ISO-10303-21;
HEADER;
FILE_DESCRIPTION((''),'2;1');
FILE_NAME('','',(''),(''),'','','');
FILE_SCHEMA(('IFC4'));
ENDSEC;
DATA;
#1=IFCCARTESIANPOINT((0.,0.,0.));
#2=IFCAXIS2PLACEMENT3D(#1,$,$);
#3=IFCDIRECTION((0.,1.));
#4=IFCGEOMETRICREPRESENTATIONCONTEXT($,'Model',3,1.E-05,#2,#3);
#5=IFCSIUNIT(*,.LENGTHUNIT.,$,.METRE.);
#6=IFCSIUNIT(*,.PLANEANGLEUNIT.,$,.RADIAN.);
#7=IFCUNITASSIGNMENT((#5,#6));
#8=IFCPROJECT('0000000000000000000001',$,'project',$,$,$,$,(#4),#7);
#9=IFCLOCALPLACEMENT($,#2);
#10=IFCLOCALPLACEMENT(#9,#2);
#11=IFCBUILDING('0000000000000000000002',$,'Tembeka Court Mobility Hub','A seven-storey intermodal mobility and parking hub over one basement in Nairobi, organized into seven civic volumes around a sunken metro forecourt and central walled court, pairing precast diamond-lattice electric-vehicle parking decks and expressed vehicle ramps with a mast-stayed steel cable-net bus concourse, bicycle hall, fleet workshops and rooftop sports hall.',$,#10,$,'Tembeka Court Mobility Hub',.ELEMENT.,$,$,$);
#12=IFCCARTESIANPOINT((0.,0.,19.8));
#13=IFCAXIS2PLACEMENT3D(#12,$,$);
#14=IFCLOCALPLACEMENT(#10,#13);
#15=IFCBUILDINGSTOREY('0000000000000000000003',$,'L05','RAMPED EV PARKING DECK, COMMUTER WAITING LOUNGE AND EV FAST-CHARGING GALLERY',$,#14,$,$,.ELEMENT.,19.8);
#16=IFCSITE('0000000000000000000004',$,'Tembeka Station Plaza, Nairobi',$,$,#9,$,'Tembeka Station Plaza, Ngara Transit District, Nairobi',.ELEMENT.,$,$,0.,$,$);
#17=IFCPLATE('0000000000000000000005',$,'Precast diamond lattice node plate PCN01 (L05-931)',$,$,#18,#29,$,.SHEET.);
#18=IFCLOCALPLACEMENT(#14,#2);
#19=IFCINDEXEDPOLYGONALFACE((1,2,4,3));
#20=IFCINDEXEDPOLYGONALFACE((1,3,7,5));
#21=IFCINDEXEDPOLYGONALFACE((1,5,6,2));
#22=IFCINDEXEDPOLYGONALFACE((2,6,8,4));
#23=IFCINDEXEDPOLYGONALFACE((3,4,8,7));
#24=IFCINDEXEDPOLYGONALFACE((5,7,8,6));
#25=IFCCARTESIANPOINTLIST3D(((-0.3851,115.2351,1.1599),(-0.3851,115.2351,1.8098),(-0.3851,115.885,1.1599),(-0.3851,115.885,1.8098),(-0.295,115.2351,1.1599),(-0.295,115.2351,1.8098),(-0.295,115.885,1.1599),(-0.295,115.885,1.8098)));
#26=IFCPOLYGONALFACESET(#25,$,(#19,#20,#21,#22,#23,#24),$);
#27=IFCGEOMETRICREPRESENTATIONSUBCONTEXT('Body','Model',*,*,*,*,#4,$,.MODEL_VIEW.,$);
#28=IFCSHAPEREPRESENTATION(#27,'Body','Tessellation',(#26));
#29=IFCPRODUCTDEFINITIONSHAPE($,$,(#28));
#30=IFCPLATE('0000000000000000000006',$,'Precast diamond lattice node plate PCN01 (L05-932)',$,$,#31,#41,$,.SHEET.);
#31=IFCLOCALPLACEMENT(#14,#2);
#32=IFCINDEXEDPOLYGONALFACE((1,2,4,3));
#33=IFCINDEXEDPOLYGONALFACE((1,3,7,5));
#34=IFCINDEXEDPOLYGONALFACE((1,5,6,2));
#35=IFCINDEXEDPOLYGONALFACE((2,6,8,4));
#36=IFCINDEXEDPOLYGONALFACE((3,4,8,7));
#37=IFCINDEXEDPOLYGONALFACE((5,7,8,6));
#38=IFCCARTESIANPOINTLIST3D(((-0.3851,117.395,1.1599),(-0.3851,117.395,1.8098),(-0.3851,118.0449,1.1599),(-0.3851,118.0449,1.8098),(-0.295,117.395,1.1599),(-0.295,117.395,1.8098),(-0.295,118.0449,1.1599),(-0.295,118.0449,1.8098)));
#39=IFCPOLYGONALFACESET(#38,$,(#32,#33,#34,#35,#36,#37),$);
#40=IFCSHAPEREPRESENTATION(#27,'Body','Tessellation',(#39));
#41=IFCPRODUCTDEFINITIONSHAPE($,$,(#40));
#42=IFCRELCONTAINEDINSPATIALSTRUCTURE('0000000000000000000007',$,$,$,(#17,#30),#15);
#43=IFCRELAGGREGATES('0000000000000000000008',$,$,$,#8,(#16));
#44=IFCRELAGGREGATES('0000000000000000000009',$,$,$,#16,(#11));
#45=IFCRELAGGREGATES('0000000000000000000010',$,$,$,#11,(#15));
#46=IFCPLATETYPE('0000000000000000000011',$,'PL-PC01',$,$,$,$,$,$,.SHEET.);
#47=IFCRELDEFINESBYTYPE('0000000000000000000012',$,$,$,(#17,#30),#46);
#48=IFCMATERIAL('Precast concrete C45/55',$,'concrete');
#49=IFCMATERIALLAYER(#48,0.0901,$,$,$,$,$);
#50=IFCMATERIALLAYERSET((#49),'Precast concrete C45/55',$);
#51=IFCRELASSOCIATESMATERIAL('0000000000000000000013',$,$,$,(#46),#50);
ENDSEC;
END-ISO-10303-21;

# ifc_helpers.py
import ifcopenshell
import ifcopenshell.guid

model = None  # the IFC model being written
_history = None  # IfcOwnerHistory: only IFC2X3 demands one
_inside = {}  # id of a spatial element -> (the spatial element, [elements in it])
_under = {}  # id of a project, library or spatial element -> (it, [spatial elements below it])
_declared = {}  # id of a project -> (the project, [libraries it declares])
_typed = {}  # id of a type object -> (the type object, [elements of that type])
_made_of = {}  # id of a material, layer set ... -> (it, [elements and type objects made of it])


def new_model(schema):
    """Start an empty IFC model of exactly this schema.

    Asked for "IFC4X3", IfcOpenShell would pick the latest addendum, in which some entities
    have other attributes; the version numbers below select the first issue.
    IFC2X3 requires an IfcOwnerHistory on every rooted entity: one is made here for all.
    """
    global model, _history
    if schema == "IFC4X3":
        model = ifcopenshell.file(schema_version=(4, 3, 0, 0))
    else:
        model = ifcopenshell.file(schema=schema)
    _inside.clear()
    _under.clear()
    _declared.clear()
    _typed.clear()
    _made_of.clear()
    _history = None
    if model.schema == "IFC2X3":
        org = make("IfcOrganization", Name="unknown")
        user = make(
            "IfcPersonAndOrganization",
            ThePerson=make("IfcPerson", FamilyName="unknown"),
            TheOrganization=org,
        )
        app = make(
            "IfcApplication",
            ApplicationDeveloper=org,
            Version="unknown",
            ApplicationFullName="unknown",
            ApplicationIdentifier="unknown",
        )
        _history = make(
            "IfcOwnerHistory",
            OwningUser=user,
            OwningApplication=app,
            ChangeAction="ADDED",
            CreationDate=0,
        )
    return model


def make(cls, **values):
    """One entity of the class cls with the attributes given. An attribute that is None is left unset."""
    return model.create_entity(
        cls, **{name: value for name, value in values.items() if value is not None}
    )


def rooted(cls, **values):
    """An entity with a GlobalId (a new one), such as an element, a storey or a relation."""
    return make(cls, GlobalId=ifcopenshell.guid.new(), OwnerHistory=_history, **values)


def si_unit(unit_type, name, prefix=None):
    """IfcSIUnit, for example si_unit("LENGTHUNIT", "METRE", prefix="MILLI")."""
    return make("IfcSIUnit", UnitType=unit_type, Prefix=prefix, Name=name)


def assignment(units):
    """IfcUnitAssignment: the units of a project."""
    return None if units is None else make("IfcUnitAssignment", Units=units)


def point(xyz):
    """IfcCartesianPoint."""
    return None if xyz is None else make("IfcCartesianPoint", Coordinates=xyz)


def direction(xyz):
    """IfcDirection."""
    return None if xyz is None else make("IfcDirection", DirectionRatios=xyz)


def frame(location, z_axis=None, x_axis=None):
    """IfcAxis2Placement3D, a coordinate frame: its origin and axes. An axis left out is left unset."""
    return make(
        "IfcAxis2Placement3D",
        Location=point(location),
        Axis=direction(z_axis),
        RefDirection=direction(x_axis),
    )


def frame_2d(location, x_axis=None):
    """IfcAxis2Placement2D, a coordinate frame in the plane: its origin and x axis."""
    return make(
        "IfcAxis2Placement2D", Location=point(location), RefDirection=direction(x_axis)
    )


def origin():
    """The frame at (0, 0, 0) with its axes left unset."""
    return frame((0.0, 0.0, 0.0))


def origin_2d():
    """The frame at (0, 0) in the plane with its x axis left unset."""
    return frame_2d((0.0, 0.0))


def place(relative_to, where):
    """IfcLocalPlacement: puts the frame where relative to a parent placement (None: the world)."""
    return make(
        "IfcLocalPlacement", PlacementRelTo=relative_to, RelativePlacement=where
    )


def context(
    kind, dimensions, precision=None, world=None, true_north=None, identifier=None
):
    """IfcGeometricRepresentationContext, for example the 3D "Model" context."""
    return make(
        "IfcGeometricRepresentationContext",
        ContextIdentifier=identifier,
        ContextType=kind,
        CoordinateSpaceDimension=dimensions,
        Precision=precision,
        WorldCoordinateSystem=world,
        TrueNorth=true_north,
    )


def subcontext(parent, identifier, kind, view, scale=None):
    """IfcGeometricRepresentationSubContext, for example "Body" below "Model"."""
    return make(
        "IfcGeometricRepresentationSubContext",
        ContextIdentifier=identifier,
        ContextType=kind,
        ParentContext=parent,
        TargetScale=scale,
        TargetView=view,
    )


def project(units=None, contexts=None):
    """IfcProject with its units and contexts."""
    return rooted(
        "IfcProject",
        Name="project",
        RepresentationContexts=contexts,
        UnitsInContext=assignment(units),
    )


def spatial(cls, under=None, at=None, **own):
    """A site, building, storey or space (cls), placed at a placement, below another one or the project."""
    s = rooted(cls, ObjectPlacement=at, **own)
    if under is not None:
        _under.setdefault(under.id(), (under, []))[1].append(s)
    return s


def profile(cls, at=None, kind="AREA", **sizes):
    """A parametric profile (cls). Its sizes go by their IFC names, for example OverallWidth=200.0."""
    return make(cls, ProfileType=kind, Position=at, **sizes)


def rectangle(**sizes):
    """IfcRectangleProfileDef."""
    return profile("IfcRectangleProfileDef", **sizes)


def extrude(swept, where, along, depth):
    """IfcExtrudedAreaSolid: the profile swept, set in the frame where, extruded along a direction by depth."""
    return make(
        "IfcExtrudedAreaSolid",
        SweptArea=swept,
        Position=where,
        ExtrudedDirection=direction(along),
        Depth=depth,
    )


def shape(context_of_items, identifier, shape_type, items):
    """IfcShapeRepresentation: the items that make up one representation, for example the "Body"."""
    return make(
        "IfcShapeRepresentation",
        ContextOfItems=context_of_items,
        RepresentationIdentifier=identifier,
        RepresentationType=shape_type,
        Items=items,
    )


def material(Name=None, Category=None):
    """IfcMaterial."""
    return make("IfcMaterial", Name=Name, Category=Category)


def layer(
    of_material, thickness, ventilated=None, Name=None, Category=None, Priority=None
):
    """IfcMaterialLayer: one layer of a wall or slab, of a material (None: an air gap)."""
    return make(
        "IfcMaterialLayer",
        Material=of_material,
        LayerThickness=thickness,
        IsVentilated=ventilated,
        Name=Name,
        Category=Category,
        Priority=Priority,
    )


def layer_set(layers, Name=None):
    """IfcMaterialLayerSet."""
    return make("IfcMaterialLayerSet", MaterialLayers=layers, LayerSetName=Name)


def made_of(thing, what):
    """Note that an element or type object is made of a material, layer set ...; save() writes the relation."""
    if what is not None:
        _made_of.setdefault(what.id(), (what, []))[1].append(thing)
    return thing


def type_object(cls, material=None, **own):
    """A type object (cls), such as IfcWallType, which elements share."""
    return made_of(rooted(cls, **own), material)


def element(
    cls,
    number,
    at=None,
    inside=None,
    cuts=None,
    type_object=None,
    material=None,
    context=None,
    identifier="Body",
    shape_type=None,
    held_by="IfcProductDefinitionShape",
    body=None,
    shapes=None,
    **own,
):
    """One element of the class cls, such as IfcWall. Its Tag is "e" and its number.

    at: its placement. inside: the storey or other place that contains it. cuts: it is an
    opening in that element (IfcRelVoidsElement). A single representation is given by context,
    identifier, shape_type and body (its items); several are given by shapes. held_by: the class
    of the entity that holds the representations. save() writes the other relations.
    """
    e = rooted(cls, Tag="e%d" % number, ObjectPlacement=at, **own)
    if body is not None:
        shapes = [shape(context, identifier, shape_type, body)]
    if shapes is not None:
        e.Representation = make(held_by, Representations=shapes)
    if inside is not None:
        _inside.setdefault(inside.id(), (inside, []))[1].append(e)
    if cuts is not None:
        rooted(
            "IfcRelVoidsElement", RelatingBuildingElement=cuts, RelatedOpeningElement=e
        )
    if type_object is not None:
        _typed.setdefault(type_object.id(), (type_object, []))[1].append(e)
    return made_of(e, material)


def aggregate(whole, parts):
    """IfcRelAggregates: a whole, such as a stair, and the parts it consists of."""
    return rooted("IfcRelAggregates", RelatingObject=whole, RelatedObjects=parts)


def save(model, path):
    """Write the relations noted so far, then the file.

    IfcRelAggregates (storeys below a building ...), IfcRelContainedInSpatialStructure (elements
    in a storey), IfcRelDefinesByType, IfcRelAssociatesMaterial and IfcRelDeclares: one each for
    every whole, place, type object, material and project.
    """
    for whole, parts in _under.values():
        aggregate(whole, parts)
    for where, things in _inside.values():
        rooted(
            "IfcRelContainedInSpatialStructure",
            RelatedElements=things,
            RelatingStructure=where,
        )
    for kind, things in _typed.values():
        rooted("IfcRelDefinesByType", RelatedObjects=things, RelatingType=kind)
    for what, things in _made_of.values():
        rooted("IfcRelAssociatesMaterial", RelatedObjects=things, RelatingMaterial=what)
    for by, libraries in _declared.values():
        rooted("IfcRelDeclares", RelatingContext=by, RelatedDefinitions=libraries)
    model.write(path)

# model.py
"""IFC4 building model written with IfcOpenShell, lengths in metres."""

from ifc_helpers import new_model, si_unit, direction, frame, origin, origin_2d, place, context, subcontext, project, spatial, rectangle, extrude, material, layer, layer_set, type_object, element, save


model = new_model("IFC4")

# Units and contexts
model_context = context("Model", 3, precision=1e-05, world=origin(), true_north=direction((0.0, 1.0)))
body_context = subcontext(model_context, "Body", "Model", "MODEL_VIEW")
ifc_project = project(units=[si_unit("LENGTHUNIT", "METRE"), si_unit("PLANEANGLEUNIT", "RADIAN")], contexts=[model_context])

# Site, building, storey
site_placement = place(None, origin())
site = spatial("IfcSite", under=ifc_project, at=site_placement, Name="Tembeka Station Plaza, Nairobi", LongName="Tembeka Station Plaza, Ngara Transit District, Nairobi", CompositionType="ELEMENT", RefElevation=0.0)
building_placement = place(site_placement, origin())
building = spatial("IfcBuilding", under=site, at=building_placement, Name="Tembeka Court Mobility Hub", Description="A seven-storey intermodal mobility and parking hub over one basement in Nairobi, organized into seven civic volumes around a sunken metro forecourt and central walled court, pairing precast diamond-lattice electric-vehicle parking decks and expressed vehicle ramps with a mast-stayed steel cable-net bus concourse, bicycle hall, fleet workshops and rooftop sports hall.", LongName="Tembeka Court Mobility Hub", CompositionType="ELEMENT")
storey_placement = place(building_placement, frame((0.0, 0.0, 19.8)))
storey = spatial("IfcBuildingStorey", under=building, at=storey_placement, Name="L05", Description="RAMPED EV PARKING DECK, COMMUTER WAITING LOUNGE AND EV FAST-CHARGING GALLERY", CompositionType="ELEMENT", Elevation=19.8)

# Shared definitions
ifc_material_1 = material(Name="Precast concrete C45/55", Category="concrete")

# Plates
ifc_layer_1 = layer(ifc_material_1, 0.0901)
ifc_layer_set_1 = layer_set([ifc_layer_1], Name="Precast concrete C45/55")
plate_type_1 = type_object("IfcPlateType", Name="PL-PC01", PredefinedType="SHEET", material=ifc_layer_set_1)
for number, where, z_axis, x_axis, name in (
    (1, (-0.3401, 115.5601, 1.1599), (0.0, 0.0, 1.0), (1.0, 0.0, 0.0), "Precast diamond lattice node plate PCN01 (L05-931)"),
    (2, (-0.3401, 117.72, 1.1599), (0.0, 0.0, 1.0), (1.0, 0.0, 0.0), "Precast diamond lattice node plate PCN01 (L05-932)"),
):
    element("IfcPlate", number, at=place(storey_placement, frame(where, z_axis=z_axis, x_axis=x_axis)), inside=storey, type_object=plate_type_1, Name=name, PredefinedType="SHEET", context=body_context, shape_type="SweptSolid", body=[
        extrude(rectangle(XDim=0.0901, YDim=0.6499, at=origin_2d()), origin(), (0.0, 0.0, 1.0), 0.6499),
    ])

save(model, "model.ifc")
